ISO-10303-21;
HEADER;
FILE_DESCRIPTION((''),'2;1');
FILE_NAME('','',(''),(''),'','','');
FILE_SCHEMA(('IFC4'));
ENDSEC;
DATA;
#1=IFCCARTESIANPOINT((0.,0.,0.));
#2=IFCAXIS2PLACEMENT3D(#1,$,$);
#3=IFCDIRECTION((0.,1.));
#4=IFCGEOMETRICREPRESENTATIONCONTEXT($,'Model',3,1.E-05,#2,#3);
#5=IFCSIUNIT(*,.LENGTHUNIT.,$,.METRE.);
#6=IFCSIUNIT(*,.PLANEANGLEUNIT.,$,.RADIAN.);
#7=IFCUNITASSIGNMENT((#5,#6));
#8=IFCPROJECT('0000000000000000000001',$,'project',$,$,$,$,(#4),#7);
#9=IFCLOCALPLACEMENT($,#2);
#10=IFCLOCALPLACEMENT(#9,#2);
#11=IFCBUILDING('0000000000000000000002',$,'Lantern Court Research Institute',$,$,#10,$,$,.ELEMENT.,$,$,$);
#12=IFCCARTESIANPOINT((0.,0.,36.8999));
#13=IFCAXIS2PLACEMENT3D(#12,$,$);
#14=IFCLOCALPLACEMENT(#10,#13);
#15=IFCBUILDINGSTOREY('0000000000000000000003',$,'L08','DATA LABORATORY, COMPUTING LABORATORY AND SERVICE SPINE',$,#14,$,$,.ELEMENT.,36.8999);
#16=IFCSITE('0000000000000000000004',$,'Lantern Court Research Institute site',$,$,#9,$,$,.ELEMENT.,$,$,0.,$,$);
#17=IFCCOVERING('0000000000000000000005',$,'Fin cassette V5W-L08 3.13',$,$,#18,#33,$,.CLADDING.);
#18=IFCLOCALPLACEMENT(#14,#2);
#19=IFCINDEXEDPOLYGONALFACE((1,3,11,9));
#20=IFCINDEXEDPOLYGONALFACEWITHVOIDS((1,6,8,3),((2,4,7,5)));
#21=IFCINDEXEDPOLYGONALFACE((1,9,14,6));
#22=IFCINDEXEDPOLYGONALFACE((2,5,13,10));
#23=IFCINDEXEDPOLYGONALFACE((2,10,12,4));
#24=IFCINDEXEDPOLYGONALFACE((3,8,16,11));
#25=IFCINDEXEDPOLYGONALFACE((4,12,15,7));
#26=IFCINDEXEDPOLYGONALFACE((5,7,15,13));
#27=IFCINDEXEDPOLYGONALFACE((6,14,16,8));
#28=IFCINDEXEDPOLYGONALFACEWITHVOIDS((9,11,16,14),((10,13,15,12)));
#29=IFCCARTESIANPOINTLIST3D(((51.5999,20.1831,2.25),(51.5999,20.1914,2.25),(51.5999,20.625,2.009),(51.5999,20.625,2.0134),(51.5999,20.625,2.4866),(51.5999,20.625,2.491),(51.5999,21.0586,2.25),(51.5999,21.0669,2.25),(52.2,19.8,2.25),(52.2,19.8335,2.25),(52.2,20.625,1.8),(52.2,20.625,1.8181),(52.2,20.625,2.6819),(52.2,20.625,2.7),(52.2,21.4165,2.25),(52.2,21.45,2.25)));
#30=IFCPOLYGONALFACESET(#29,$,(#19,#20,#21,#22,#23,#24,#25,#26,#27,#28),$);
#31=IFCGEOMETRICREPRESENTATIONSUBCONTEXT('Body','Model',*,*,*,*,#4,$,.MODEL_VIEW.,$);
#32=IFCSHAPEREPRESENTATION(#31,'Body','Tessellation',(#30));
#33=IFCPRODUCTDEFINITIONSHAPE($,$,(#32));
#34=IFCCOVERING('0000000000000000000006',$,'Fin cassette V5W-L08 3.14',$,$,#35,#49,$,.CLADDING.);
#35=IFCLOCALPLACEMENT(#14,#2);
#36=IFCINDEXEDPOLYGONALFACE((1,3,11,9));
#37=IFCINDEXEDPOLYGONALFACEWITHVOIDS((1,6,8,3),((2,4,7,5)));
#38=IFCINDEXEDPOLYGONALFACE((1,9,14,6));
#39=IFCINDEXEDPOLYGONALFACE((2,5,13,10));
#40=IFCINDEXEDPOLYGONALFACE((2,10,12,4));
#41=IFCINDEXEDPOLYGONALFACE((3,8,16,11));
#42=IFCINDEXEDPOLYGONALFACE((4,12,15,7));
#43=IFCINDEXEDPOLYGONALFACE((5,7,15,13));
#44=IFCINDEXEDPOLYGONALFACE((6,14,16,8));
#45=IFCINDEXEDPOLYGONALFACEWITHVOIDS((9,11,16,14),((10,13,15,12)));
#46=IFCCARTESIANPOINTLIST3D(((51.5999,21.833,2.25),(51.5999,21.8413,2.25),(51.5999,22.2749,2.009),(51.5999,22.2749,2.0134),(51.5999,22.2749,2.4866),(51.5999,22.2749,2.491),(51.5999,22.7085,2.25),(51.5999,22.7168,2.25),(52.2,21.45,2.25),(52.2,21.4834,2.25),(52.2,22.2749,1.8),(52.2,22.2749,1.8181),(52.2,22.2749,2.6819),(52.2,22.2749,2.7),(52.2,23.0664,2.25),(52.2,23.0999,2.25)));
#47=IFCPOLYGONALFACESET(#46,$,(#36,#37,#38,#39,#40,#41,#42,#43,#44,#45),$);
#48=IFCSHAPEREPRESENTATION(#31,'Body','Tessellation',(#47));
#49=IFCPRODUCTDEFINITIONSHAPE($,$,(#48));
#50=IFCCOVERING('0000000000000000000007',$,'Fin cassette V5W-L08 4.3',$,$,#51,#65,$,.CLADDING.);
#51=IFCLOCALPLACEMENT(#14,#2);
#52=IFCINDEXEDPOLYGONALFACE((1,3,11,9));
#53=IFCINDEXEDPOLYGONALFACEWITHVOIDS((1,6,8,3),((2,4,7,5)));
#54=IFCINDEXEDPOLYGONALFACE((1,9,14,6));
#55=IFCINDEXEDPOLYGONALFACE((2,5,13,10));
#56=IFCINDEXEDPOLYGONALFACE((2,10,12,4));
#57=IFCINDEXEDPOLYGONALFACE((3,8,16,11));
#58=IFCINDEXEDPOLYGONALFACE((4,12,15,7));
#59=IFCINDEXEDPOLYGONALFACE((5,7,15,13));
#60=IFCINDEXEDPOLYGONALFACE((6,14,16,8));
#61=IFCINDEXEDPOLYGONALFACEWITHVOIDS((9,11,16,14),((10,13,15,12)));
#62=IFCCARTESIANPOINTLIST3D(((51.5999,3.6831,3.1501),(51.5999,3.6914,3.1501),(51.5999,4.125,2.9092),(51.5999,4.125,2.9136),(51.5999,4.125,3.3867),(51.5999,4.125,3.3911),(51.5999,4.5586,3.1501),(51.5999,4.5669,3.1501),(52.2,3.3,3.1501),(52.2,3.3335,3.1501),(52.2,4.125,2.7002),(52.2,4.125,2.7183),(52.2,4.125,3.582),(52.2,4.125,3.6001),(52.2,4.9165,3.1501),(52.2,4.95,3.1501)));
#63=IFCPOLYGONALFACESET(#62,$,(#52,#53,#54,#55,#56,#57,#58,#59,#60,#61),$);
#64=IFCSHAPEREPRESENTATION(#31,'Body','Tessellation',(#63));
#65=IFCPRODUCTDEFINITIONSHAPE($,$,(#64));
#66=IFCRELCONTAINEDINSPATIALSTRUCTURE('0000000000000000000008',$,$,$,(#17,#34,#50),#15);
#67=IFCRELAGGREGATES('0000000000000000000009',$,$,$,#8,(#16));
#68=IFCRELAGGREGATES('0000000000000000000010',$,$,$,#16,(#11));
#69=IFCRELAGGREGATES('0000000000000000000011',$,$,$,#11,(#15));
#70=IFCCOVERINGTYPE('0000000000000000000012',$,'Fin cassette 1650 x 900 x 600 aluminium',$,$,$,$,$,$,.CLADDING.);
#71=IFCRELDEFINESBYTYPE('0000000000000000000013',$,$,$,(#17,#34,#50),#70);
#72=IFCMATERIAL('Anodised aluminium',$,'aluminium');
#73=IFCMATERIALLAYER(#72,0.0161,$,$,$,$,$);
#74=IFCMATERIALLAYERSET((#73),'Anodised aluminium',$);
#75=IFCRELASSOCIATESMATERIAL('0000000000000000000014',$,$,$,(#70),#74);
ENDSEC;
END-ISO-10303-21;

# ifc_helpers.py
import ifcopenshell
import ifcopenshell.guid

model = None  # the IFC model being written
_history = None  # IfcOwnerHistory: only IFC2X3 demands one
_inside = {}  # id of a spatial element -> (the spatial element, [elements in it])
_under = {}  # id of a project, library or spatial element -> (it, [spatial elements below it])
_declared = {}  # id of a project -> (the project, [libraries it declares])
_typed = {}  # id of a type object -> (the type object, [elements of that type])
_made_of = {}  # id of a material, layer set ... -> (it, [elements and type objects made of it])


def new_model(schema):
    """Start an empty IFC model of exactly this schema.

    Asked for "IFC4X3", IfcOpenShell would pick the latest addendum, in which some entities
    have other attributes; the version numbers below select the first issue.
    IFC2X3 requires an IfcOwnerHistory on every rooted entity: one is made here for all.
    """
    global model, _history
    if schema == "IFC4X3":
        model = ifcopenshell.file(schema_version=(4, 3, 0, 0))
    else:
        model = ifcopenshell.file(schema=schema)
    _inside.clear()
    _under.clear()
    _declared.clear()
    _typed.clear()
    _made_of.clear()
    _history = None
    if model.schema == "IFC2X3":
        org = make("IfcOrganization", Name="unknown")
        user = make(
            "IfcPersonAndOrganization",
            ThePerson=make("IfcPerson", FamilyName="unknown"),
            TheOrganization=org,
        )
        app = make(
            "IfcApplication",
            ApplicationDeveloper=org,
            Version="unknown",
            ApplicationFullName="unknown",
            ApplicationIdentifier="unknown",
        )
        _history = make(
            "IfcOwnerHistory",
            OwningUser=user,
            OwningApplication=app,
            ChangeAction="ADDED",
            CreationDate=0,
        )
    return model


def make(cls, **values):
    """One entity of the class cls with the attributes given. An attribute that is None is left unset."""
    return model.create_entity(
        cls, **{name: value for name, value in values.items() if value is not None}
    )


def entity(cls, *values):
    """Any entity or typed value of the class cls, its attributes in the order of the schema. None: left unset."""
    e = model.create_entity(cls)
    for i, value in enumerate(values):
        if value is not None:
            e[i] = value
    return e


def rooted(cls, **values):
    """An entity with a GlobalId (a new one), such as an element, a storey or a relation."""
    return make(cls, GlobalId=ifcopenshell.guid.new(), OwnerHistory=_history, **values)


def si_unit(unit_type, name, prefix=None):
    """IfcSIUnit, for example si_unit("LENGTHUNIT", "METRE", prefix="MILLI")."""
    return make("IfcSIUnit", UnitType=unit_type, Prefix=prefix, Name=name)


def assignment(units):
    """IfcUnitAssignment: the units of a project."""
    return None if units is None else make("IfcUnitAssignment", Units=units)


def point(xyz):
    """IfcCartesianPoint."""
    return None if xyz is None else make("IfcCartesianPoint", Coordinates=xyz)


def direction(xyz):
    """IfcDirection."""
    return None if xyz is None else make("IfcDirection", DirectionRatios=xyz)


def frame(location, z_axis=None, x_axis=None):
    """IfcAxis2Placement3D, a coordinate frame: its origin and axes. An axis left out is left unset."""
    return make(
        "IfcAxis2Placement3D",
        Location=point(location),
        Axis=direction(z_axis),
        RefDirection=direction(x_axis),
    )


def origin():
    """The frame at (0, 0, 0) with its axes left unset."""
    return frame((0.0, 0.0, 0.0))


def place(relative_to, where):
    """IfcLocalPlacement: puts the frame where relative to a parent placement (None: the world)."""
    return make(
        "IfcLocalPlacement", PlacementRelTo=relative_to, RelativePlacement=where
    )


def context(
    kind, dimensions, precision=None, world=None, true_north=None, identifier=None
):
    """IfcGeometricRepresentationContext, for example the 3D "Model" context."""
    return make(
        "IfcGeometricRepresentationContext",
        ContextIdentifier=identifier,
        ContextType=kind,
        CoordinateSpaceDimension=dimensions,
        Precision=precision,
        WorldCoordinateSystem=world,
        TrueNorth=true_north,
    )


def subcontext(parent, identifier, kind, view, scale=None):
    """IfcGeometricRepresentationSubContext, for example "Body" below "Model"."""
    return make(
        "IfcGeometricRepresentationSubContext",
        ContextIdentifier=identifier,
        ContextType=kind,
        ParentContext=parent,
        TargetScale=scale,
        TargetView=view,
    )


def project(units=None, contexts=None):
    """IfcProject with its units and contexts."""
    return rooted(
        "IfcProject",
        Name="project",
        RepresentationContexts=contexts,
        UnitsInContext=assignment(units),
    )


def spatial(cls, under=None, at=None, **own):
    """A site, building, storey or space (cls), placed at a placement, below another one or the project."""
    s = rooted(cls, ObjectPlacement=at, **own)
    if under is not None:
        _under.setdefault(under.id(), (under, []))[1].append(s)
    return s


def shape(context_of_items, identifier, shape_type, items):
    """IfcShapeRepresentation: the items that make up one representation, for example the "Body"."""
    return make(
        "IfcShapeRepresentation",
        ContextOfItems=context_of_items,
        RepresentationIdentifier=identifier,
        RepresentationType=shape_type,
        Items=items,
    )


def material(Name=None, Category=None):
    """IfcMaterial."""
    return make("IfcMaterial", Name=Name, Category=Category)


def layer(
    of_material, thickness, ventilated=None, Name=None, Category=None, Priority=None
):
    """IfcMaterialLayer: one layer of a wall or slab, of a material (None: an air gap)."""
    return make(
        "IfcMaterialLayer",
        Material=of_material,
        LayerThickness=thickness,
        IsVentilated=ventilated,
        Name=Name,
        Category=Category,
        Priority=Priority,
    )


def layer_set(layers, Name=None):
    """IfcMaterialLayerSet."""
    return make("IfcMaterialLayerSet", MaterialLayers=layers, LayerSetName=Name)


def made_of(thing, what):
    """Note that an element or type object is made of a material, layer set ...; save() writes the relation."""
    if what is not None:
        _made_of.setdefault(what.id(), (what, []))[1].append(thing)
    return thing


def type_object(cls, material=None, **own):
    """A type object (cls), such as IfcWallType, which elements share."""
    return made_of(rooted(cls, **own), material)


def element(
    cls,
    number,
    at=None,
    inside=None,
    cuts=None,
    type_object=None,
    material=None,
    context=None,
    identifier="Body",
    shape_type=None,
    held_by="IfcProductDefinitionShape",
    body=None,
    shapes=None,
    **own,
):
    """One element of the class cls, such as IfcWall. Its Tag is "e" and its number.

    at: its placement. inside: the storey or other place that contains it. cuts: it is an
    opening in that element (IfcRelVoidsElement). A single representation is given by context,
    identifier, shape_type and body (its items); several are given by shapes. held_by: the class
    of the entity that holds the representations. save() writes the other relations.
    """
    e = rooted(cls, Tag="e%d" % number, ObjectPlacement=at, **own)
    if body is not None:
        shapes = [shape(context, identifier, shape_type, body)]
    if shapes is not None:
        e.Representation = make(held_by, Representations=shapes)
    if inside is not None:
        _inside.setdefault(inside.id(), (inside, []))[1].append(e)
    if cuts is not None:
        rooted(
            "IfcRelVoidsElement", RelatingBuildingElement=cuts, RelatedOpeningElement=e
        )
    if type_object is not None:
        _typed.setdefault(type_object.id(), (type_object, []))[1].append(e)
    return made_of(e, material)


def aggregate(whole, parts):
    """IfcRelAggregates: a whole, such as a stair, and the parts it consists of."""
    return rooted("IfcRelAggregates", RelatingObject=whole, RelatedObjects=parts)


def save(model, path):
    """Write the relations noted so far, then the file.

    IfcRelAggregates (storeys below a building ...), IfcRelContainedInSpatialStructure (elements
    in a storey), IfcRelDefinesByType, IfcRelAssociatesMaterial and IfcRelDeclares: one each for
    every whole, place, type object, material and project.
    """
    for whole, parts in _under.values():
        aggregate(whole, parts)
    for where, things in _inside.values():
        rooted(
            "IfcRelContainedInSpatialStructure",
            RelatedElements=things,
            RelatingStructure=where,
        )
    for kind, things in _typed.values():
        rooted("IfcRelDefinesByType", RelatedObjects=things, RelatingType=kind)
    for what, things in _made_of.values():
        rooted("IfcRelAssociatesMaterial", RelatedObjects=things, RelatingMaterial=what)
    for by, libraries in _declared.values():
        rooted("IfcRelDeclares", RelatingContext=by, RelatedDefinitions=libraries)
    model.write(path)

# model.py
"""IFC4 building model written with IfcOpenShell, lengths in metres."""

from ifc_helpers import new_model, entity, si_unit, direction, frame, origin, place, context, subcontext, project, spatial, material, layer, layer_set, type_object, element, save


model = new_model("IFC4")

# Units and contexts
model_context = context("Model", 3, precision=1e-05, world=origin(), true_north=direction((0.0, 1.0)))
body_context = subcontext(model_context, "Body", "Model", "MODEL_VIEW")
ifc_project = project(units=[si_unit("LENGTHUNIT", "METRE"), si_unit("PLANEANGLEUNIT", "RADIAN")], contexts=[model_context])

# Site, building, storey
site_placement = place(None, origin())
site = spatial("IfcSite", under=ifc_project, at=site_placement, Name="Lantern Court Research Institute site", CompositionType="ELEMENT", RefElevation=0.0)
building_placement = place(site_placement, origin())
building = spatial("IfcBuilding", under=site, at=building_placement, Name="Lantern Court Research Institute", CompositionType="ELEMENT")
storey_placement = place(building_placement, frame((0.0, 0.0, 36.8999)))
storey = spatial("IfcBuildingStorey", under=building, at=storey_placement, Name="L08", Description="DATA LABORATORY, COMPUTING LABORATORY AND SERVICE SPINE", CompositionType="ELEMENT", Elevation=36.8999)

# Coverings
ifc_material = material(Name="Anodised aluminium", Category="aluminium")
ifc_layer = layer(ifc_material, 0.0161)
ifc_layer_set = layer_set([ifc_layer], Name="Anodised aluminium")
covering_type = type_object("IfcCoveringType", Name="Fin cassette 1650 x 900 x 600 aluminium", PredefinedType="CLADDING", material=ifc_layer_set)
covering_1_placement = place(storey_placement, frame((52.2, 20.625, 2.25), z_axis=(-1.0, 0.0, 0.0), x_axis=(0.0, -1.0, 0.0)))
cartesian_point_1 = entity("IfcCartesianPoint", [0.825, 0.0])
cartesian_point_2 = entity("IfcCartesianPoint", [0.7915, 0.0])
cartesian_point_3 = entity("IfcCartesianPoint", [0.4419, 0.0])
cartesian_point_4 = entity("IfcCartesianPoint", [0.4336, 0.0])
element("IfcCovering", 1, at=covering_1_placement, inside=storey, type_object=covering_type, Name="Fin cassette V5W-L08 3.13", PredefinedType="CLADDING", context=body_context, shape_type="SweptSolid", body=[
    entity("IfcExtrudedAreaSolidTapered", entity("IfcArbitraryProfileDefWithVoids", "AREA", None, entity("IfcPolyline", [cartesian_point_1, entity("IfcCartesianPoint", [0.0, 0.45]), entity("IfcCartesianPoint", [-0.825, 0.0]), entity("IfcCartesianPoint", [0.0, -0.45]), cartesian_point_1]), [entity("IfcPolyline", [cartesian_point_2, entity("IfcCartesianPoint", [0.0, 0.4319]), entity("IfcCartesianPoint", [-0.7915, 0.0]), entity("IfcCartesianPoint", [0.0, -0.4319]), cartesian_point_2])]), entity("IfcAxis2Placement3D", entity("IfcCartesianPoint", [0.0, 0.0, 0.0])), entity("IfcDirection", [0.0, 0.0, 1.0]), 0.6001, entity("IfcArbitraryProfileDefWithVoids", "AREA", None, entity("IfcPolyline", [cartesian_point_3, entity("IfcCartesianPoint", [0.0, 0.241]), entity("IfcCartesianPoint", [-0.4419, 0.0]), entity("IfcCartesianPoint", [0.0, -0.241]), cartesian_point_3]), [entity("IfcPolyline", [cartesian_point_4, entity("IfcCartesianPoint", [0.0, 0.2366]), entity("IfcCartesianPoint", [-0.4336, 0.0]), entity("IfcCartesianPoint", [0.0, -0.2366]), cartesian_point_4])])),
])
covering_2_placement = place(storey_placement, frame((52.2, 22.2749, 2.25), z_axis=(-1.0, 0.0, 0.0), x_axis=(0.0, -1.0, 0.0)))
cartesian_point_5 = entity("IfcCartesianPoint", [0.825, 0.0])
cartesian_point_6 = entity("IfcCartesianPoint", [0.7915, 0.0])
cartesian_point_7 = entity("IfcCartesianPoint", [0.4419, 0.0])
cartesian_point_8 = entity("IfcCartesianPoint", [0.4336, 0.0])
element("IfcCovering", 2, at=covering_2_placement, inside=storey, type_object=covering_type, Name="Fin cassette V5W-L08 3.14", PredefinedType="CLADDING", context=body_context, shape_type="SweptSolid", body=[
    entity("IfcExtrudedAreaSolidTapered", entity("IfcArbitraryProfileDefWithVoids", "AREA", None, entity("IfcPolyline", [cartesian_point_5, entity("IfcCartesianPoint", [0.0, 0.45]), entity("IfcCartesianPoint", [-0.825, 0.0]), entity("IfcCartesianPoint", [0.0, -0.45]), cartesian_point_5]), [entity("IfcPolyline", [cartesian_point_6, entity("IfcCartesianPoint", [0.0, 0.4319]), entity("IfcCartesianPoint", [-0.7915, 0.0]), entity("IfcCartesianPoint", [0.0, -0.4319]), cartesian_point_6])]), entity("IfcAxis2Placement3D", entity("IfcCartesianPoint", [0.0, 0.0, 0.0])), entity("IfcDirection", [0.0, 0.0, 1.0]), 0.6001, entity("IfcArbitraryProfileDefWithVoids", "AREA", None, entity("IfcPolyline", [cartesian_point_7, entity("IfcCartesianPoint", [0.0, 0.241]), entity("IfcCartesianPoint", [-0.4419, 0.0]), entity("IfcCartesianPoint", [0.0, -0.241]), cartesian_point_7]), [entity("IfcPolyline", [cartesian_point_8, entity("IfcCartesianPoint", [0.0, 0.2366]), entity("IfcCartesianPoint", [-0.4336, 0.0]), entity("IfcCartesianPoint", [0.0, -0.2366]), cartesian_point_8])])),
])
covering_3_placement = place(storey_placement, frame((52.2, 4.125, 3.1501), z_axis=(-1.0, 0.0, 0.0), x_axis=(0.0, -1.0, 0.0)))
cartesian_point_9 = entity("IfcCartesianPoint", [0.825, 0.0])
cartesian_point_10 = entity("IfcCartesianPoint", [0.7915, 0.0])
cartesian_point_11 = entity("IfcCartesianPoint", [0.4419, 0.0])
cartesian_point_12 = entity("IfcCartesianPoint", [0.4336, 0.0])
element("IfcCovering", 3, at=covering_3_placement, inside=storey, type_object=covering_type, Name="Fin cassette V5W-L08 4.3", PredefinedType="CLADDING", context=body_context, shape_type="SweptSolid", body=[
    entity("IfcExtrudedAreaSolidTapered", entity("IfcArbitraryProfileDefWithVoids", "AREA", None, entity("IfcPolyline", [cartesian_point_9, entity("IfcCartesianPoint", [0.0, 0.45]), entity("IfcCartesianPoint", [-0.825, 0.0]), entity("IfcCartesianPoint", [0.0, -0.45]), cartesian_point_9]), [entity("IfcPolyline", [cartesian_point_10, entity("IfcCartesianPoint", [0.0, 0.4319]), entity("IfcCartesianPoint", [-0.7915, 0.0]), entity("IfcCartesianPoint", [0.0, -0.4319]), cartesian_point_10])]), entity("IfcAxis2Placement3D", entity("IfcCartesianPoint", [0.0, 0.0, 0.0])), entity("IfcDirection", [0.0, 0.0, 1.0]), 0.6001, entity("IfcArbitraryProfileDefWithVoids", "AREA", None, entity("IfcPolyline", [cartesian_point_11, entity("IfcCartesianPoint", [0.0, 0.241]), entity("IfcCartesianPoint", [-0.4419, 0.0]), entity("IfcCartesianPoint", [0.0, -0.241]), cartesian_point_11]), [entity("IfcPolyline", [cartesian_point_12, entity("IfcCartesianPoint", [0.0, 0.2366]), entity("IfcCartesianPoint", [-0.4336, 0.0]), entity("IfcCartesianPoint", [0.0, -0.2366]), cartesian_point_12])])),
])

save(model, "model.ifc")
